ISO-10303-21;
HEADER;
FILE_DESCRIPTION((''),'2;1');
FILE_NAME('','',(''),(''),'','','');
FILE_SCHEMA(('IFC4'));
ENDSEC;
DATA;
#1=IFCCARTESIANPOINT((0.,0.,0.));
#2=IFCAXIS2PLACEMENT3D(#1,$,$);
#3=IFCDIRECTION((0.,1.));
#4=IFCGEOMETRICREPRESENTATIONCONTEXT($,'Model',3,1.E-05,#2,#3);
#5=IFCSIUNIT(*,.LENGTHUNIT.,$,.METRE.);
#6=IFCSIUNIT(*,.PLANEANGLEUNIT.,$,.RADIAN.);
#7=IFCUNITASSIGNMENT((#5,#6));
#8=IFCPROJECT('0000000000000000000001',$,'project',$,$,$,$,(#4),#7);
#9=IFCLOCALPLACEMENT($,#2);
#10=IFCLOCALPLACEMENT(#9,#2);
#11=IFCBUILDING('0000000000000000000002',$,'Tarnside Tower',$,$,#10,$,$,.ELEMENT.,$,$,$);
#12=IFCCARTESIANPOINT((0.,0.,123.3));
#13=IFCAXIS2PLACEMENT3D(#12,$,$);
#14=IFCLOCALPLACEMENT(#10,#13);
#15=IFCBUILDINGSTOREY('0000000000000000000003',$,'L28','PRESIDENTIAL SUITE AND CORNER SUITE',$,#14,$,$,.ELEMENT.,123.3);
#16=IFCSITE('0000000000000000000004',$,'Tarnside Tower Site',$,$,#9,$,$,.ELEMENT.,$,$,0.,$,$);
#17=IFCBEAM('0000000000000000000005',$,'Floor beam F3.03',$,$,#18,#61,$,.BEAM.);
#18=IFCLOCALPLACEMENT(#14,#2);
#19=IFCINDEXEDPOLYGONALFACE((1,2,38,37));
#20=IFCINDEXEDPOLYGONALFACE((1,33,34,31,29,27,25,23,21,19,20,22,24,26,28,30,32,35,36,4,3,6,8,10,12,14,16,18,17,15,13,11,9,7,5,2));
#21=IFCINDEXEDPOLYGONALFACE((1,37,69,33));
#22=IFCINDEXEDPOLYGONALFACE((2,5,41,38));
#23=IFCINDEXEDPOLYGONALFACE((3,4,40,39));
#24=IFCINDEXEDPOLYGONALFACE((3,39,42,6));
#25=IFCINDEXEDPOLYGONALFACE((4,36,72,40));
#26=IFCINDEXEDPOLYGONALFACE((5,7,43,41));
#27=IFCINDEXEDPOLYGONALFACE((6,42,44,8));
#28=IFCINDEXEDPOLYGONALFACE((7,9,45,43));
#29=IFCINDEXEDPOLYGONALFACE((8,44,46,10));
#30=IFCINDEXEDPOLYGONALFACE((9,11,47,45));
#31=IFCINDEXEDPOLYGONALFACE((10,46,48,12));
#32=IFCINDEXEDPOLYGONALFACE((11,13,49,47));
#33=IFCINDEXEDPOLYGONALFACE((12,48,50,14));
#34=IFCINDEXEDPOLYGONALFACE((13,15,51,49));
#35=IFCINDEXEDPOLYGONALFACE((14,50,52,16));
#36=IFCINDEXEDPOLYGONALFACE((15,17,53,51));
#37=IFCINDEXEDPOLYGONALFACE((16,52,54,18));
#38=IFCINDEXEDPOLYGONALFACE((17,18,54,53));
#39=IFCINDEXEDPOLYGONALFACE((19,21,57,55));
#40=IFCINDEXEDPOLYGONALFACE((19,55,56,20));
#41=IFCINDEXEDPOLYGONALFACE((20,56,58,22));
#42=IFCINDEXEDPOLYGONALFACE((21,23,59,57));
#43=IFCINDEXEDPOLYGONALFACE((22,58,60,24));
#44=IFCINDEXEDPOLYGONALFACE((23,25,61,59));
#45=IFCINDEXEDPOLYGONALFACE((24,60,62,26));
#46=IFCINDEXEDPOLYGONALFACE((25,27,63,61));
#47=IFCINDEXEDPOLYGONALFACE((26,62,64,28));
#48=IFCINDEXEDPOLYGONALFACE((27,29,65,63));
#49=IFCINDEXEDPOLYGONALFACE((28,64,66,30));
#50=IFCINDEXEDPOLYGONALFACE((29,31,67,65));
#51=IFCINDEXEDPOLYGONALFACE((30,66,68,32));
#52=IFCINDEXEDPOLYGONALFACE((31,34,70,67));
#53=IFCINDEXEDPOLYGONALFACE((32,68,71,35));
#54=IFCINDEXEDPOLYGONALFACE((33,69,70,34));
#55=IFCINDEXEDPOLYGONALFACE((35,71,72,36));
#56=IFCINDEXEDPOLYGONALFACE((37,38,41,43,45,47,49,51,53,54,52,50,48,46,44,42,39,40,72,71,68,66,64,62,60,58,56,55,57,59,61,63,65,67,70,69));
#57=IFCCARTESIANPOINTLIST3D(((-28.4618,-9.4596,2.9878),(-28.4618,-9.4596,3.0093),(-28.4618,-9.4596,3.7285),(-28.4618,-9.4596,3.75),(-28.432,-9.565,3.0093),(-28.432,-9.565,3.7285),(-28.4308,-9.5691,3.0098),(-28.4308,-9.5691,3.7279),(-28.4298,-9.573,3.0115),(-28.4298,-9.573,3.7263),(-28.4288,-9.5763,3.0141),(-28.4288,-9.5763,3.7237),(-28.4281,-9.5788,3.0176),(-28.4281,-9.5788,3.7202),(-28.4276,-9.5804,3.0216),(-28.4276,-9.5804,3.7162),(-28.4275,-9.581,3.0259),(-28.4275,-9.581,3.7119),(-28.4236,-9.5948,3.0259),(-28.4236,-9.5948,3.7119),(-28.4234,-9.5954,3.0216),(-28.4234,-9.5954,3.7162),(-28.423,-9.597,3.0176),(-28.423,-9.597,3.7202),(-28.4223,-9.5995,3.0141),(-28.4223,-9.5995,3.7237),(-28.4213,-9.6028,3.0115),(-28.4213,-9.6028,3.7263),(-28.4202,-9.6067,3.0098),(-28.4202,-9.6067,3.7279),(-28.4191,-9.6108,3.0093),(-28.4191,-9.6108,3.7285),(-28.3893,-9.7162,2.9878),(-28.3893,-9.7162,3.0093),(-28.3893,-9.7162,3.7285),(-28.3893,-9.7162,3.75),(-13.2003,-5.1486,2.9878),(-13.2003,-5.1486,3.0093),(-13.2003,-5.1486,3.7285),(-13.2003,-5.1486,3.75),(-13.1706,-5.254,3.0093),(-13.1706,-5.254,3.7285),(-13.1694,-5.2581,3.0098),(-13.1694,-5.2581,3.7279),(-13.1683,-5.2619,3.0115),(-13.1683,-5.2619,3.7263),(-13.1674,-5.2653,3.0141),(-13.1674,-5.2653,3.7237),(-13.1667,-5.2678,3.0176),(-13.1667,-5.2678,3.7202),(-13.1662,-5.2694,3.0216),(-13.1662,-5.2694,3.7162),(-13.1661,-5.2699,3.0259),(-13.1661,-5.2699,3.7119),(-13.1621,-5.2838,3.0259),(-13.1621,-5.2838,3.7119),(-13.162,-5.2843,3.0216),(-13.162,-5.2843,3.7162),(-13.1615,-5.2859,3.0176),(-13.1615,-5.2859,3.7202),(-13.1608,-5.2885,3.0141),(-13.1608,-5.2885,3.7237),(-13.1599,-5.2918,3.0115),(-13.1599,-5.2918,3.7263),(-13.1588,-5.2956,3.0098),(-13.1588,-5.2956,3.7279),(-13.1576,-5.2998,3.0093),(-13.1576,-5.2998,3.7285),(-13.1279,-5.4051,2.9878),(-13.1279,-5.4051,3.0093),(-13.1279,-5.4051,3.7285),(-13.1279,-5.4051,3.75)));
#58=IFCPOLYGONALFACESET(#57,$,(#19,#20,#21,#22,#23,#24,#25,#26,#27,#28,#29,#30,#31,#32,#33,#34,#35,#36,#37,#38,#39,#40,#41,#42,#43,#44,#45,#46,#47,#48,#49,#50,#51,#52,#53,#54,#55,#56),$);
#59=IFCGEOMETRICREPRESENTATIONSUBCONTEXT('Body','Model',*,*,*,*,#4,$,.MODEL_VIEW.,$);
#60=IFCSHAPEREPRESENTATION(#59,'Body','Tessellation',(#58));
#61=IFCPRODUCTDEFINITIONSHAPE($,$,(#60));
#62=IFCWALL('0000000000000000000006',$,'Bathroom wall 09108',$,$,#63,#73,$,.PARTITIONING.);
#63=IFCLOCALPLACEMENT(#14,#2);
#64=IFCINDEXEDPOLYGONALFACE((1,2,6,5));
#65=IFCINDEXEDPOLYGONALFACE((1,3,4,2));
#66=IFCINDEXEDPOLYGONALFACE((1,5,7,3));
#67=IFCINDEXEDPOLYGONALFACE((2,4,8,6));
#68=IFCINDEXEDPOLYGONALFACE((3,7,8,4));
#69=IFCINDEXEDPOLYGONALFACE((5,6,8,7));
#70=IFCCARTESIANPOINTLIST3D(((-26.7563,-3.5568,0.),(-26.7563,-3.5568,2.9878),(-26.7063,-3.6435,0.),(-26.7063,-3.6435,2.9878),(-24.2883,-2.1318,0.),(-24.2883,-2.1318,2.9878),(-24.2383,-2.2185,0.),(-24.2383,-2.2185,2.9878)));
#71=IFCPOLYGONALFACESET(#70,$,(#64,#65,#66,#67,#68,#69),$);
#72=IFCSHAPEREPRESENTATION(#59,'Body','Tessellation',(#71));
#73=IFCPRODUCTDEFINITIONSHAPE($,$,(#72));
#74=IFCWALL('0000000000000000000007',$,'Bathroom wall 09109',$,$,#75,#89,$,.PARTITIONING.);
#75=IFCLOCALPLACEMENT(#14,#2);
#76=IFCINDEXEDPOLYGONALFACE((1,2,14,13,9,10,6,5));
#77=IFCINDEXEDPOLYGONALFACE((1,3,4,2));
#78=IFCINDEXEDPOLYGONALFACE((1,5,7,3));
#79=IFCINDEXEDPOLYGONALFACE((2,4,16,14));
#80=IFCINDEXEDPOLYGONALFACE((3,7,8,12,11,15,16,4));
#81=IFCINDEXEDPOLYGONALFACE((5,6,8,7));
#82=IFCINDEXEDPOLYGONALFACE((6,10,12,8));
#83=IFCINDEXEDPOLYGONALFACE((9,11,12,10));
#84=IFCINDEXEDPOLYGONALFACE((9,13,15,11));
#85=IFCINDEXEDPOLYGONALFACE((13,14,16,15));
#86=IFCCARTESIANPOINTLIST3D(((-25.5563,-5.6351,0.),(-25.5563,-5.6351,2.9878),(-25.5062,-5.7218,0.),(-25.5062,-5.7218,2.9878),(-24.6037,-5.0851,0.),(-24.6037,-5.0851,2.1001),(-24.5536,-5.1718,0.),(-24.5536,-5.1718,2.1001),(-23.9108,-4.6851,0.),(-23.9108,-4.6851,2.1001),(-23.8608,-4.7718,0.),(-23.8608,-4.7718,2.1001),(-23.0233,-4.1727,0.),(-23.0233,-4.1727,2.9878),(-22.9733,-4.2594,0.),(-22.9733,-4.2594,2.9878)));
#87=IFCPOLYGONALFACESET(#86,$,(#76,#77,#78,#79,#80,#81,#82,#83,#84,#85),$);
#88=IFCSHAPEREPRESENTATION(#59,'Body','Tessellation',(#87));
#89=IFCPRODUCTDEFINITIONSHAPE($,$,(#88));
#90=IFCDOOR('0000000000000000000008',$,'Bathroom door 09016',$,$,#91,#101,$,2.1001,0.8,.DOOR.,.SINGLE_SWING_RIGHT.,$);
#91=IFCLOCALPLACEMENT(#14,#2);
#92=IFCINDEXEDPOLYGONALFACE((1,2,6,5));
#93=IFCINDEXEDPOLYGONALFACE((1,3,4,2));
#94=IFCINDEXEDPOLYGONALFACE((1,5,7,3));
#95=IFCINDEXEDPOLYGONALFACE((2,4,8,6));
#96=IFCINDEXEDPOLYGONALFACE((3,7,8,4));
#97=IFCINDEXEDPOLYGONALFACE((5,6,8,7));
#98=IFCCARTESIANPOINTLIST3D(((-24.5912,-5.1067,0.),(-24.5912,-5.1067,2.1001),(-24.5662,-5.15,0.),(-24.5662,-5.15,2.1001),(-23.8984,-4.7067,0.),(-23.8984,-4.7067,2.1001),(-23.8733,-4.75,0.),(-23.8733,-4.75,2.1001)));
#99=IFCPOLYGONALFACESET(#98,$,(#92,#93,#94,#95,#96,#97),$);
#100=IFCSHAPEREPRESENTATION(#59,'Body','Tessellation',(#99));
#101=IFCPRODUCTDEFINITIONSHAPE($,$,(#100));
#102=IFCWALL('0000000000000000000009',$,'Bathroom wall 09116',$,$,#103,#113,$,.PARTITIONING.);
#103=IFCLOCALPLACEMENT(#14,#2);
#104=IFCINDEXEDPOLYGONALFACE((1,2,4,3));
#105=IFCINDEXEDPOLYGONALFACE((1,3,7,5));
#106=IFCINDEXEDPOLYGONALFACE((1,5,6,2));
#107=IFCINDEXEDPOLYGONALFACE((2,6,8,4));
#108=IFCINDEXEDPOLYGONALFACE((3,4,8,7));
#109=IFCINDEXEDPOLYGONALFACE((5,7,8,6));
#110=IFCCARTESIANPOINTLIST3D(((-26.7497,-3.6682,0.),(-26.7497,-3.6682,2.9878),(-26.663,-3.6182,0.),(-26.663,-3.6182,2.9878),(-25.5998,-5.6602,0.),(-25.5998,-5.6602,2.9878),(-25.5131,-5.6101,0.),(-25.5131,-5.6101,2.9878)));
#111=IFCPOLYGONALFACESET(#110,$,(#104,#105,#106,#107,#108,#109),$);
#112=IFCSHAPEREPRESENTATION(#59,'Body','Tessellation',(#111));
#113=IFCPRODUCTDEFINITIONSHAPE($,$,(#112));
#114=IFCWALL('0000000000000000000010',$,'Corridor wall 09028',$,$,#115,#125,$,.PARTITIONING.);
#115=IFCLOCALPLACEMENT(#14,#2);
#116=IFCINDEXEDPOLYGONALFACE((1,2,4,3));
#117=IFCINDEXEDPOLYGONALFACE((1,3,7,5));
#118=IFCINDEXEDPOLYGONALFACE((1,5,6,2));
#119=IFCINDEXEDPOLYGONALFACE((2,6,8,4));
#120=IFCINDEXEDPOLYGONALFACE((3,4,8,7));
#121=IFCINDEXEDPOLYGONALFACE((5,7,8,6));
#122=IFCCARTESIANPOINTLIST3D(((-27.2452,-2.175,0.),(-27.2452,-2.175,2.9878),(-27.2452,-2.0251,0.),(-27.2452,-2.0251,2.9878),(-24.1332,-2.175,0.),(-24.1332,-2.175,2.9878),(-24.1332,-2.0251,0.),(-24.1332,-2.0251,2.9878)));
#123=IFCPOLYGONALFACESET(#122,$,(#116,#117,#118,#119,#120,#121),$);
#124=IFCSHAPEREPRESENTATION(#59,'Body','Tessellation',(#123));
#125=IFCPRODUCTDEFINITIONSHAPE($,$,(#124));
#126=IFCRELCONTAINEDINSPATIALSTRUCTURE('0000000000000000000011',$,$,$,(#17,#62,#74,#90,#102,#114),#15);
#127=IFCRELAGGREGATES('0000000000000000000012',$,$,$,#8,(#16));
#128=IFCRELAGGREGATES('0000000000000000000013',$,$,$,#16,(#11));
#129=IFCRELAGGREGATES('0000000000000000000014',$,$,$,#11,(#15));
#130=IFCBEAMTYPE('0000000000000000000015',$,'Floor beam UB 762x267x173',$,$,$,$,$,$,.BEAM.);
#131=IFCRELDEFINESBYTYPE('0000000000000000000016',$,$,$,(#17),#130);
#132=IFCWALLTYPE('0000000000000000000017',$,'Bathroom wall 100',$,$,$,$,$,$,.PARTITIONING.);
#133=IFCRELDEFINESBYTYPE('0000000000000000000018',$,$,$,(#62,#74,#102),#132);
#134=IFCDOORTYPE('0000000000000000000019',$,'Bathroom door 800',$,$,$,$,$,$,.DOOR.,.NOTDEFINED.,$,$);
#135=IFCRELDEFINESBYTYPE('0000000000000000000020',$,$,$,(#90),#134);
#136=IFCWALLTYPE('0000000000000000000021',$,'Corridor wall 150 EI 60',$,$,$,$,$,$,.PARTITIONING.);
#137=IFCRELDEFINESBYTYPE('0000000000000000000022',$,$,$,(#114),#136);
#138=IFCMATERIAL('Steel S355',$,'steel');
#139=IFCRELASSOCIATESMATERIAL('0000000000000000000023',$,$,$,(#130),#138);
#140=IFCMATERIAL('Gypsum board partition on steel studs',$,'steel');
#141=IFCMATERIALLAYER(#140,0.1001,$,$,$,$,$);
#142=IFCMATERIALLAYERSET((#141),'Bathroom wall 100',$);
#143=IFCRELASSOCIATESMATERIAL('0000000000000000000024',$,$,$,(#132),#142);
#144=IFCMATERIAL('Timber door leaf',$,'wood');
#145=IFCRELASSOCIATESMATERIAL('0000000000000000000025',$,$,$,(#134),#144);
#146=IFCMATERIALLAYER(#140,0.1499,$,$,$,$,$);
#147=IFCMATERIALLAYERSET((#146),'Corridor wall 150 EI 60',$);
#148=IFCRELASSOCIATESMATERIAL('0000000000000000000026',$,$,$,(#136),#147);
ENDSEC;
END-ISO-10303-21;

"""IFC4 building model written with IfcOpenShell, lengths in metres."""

from ifc_helpers import new_model, si_unit, direction, frame, frame_2d, origin, origin_2d, place, context, subcontext, project, spatial, rectangle, i_section, extrude, material, layer, layer_set, material_profile, profile_set, type_object, element, fill, save


model = new_model("IFC4")

# Units and contexts
model_context = context("Model", 3, precision=1e-05, world=origin(), true_north=direction((0.0, 1.0)))
body_context = subcontext(model_context, "Body", "Model", "MODEL_VIEW")
ifc_project = project(units=[si_unit("LENGTHUNIT", "METRE"), si_unit("PLANEANGLEUNIT", "RADIAN")], contexts=[model_context])

# Site, building, storey
site_placement = place(None, origin())
site = spatial("IfcSite", under=ifc_project, at=site_placement, Name="Tarnside Tower Site", CompositionType="ELEMENT", RefElevation=0.0)
building_placement = place(site_placement, origin())
building = spatial("IfcBuilding", under=site, at=building_placement, Name="Tarnside Tower", CompositionType="ELEMENT")
storey_placement = place(building_placement, frame((0.0, 0.0, 123.3)))
storey = spatial("IfcBuildingStorey", under=building, at=storey_placement, Name="L28", Description="PRESIDENTIAL SUITE AND CORNER SUITE", CompositionType="ELEMENT", Elevation=123.3)

# Beam
ifc_material_1 = material(Name="Steel S355", Category="steel")
ifc_material_profile = material_profile(ifc_material_1, i_section(OverallWidth=0.2666, OverallDepth=0.7622, WebThickness=0.0144, FlangeThickness=0.0215, FilletRadius=0.0166, at=origin_2d()), Name="UB 762x267x173")
ifc_profile_set = profile_set([ifc_material_profile], Name="Steel S355")
beam_type = type_object("IfcBeamType", Name="Floor beam UB 762x267x173", PredefinedType="BEAM", material=ifc_profile_set)
beam_placement = place(storey_placement, frame((-28.4255, -9.5879, 3.3689), z_axis=(0.962342, 0.271841, 0.0), x_axis=(-0.271841, 0.962342, 0.0)))
element("IfcBeam", 1, at=beam_placement, inside=storey, type_object=beam_type, Name="Floor beam F3.03", PredefinedType="BEAM", context=body_context, shape_type="SweptSolid", body=[
    extrude(i_section(OverallWidth=0.2666, OverallDepth=0.7622, WebThickness=0.0144, FlangeThickness=0.0215, FilletRadius=0.0166, at=origin_2d()), origin(), (0.0, 0.0, 1.0), 15.8586),
])

# Wall
ifc_material_2 = material(Name="Gypsum board partition on steel studs", Category="steel")
ifc_layer_1 = layer(ifc_material_2, 0.1001)
ifc_layer_set_1 = layer_set([ifc_layer_1], Name="Bathroom wall 100")
wall_type_1 = type_object("IfcWallType", Name="Bathroom wall 100", PredefinedType="PARTITIONING", material=ifc_layer_set_1)
wall_1_placement = place(storey_placement, frame((-26.7312, -3.6001, 0.0), z_axis=(0.0, 0.0, 1.0), x_axis=(0.866004, 0.500036, 0.0)))
element("IfcWall", 2, at=wall_1_placement, inside=storey, type_object=wall_type_1, Name="Bathroom wall 09108", PredefinedType="PARTITIONING", context=body_context, shape_type="SweptSolid", body=[
    extrude(rectangle(XDim=2.8499, YDim=0.1001, at=frame_2d((1.4248, 0.0))), origin(), (0.0, 0.0, 1.0), 2.9878),
])

# Wall, opening, door
wall_2_placement = place(storey_placement, frame((-22.9983, -4.2161, 0.0), z_axis=(0.0, 0.0, 1.0), x_axis=(-0.866026, -0.499999, 0.0)))
wall_2 = element("IfcWall", 3, at=wall_2_placement, inside=storey, type_object=wall_type_1, Name="Bathroom wall 09109", PredefinedType="PARTITIONING", context=body_context, shape_type="SweptSolid", body=[
    extrude(rectangle(XDim=2.9248, YDim=0.1001, at=frame_2d((1.4624, 0.0))), origin(), (0.0, 0.0, 1.0), 2.9878),
])
opening_1_placement = place(wall_2_placement, frame((1.0249, 0.0, 0.0)))
opening_1 = element("IfcOpeningElement", 4, at=opening_1_placement, cuts=wall_2, PredefinedType="OPENING", context=body_context, shape_type="SweptSolid", body=[
    extrude(rectangle(XDim=0.8, YDim=2.1001, at=frame_2d((0.3999, 1.05))), frame((0.0, 0.0601, 0.0), z_axis=(0.0, -1.0, 0.0), x_axis=(1.0, 0.0, 0.0)), (0.0, 0.0, 1.0), 0.1201),
])
ifc_material_3 = material(Name="Timber door leaf", Category="wood")
door_type_1 = type_object("IfcDoorType", Name="Bathroom door 800", OperationType="NOTDEFINED", PredefinedType="DOOR", material=ifc_material_3)
door_1_placement = place(opening_1_placement, origin())
door_1 = element("IfcDoor", 5, at=door_1_placement, inside=storey, type_object=door_type_1, Name="Bathroom door 09016", OperationType="SINGLE_SWING_RIGHT", OverallHeight=2.1001, OverallWidth=0.8, PredefinedType="DOOR", context=body_context, shape_type="SweptSolid", body=[
    extrude(rectangle(XDim=0.8, YDim=2.1001, at=frame_2d((0.3999, 1.05))), frame((0.0, 0.0249, 0.0), z_axis=(0.0, -1.0, 0.0), x_axis=(1.0, 0.0, 0.0)), (0.0, 0.0, 1.0), 0.05),
])
fill(opening_1, door_1)

# Walls
wall_3_placement = place(storey_placement, frame((-26.7063, -3.6433, 0.0), z_axis=(0.0, 0.0, 1.0), x_axis=(0.499952, -0.866053, 0.0)))
element("IfcWall", 6, at=wall_3_placement, inside=storey, type_object=wall_type_1, Name="Bathroom wall 09116", PredefinedType="PARTITIONING", context=body_context, shape_type="SweptSolid", body=[
    extrude(rectangle(XDim=2.3, YDim=0.1001, at=frame_2d((1.1499, 0.0))), origin(), (0.0, 0.0, 1.0), 2.9878),
])
ifc_layer_2 = layer(ifc_material_2, 0.1499)
ifc_layer_set_2 = layer_set([ifc_layer_2], Name="Corridor wall 150 EI 60")
wall_type_2 = type_object("IfcWallType", Name="Corridor wall 150 EI 60", PredefinedType="PARTITIONING", material=ifc_layer_set_2)
wall_4_placement = place(storey_placement, frame((-27.2454, -2.1001, 0.0), z_axis=(0.0, 0.0, 1.0), x_axis=(1.0, 0.0, 0.0)))
element("IfcWall", 7, at=wall_4_placement, inside=storey, type_object=wall_type_2, Name="Corridor wall 09028", PredefinedType="PARTITIONING", context=body_context, shape_type="SweptSolid", body=[
    extrude(rectangle(XDim=3.1121, YDim=0.1499, at=frame_2d((1.5562, 0.0))), origin(), (0.0, 0.0, 1.0), 2.9878),
])

save(model, "model.ifc")
